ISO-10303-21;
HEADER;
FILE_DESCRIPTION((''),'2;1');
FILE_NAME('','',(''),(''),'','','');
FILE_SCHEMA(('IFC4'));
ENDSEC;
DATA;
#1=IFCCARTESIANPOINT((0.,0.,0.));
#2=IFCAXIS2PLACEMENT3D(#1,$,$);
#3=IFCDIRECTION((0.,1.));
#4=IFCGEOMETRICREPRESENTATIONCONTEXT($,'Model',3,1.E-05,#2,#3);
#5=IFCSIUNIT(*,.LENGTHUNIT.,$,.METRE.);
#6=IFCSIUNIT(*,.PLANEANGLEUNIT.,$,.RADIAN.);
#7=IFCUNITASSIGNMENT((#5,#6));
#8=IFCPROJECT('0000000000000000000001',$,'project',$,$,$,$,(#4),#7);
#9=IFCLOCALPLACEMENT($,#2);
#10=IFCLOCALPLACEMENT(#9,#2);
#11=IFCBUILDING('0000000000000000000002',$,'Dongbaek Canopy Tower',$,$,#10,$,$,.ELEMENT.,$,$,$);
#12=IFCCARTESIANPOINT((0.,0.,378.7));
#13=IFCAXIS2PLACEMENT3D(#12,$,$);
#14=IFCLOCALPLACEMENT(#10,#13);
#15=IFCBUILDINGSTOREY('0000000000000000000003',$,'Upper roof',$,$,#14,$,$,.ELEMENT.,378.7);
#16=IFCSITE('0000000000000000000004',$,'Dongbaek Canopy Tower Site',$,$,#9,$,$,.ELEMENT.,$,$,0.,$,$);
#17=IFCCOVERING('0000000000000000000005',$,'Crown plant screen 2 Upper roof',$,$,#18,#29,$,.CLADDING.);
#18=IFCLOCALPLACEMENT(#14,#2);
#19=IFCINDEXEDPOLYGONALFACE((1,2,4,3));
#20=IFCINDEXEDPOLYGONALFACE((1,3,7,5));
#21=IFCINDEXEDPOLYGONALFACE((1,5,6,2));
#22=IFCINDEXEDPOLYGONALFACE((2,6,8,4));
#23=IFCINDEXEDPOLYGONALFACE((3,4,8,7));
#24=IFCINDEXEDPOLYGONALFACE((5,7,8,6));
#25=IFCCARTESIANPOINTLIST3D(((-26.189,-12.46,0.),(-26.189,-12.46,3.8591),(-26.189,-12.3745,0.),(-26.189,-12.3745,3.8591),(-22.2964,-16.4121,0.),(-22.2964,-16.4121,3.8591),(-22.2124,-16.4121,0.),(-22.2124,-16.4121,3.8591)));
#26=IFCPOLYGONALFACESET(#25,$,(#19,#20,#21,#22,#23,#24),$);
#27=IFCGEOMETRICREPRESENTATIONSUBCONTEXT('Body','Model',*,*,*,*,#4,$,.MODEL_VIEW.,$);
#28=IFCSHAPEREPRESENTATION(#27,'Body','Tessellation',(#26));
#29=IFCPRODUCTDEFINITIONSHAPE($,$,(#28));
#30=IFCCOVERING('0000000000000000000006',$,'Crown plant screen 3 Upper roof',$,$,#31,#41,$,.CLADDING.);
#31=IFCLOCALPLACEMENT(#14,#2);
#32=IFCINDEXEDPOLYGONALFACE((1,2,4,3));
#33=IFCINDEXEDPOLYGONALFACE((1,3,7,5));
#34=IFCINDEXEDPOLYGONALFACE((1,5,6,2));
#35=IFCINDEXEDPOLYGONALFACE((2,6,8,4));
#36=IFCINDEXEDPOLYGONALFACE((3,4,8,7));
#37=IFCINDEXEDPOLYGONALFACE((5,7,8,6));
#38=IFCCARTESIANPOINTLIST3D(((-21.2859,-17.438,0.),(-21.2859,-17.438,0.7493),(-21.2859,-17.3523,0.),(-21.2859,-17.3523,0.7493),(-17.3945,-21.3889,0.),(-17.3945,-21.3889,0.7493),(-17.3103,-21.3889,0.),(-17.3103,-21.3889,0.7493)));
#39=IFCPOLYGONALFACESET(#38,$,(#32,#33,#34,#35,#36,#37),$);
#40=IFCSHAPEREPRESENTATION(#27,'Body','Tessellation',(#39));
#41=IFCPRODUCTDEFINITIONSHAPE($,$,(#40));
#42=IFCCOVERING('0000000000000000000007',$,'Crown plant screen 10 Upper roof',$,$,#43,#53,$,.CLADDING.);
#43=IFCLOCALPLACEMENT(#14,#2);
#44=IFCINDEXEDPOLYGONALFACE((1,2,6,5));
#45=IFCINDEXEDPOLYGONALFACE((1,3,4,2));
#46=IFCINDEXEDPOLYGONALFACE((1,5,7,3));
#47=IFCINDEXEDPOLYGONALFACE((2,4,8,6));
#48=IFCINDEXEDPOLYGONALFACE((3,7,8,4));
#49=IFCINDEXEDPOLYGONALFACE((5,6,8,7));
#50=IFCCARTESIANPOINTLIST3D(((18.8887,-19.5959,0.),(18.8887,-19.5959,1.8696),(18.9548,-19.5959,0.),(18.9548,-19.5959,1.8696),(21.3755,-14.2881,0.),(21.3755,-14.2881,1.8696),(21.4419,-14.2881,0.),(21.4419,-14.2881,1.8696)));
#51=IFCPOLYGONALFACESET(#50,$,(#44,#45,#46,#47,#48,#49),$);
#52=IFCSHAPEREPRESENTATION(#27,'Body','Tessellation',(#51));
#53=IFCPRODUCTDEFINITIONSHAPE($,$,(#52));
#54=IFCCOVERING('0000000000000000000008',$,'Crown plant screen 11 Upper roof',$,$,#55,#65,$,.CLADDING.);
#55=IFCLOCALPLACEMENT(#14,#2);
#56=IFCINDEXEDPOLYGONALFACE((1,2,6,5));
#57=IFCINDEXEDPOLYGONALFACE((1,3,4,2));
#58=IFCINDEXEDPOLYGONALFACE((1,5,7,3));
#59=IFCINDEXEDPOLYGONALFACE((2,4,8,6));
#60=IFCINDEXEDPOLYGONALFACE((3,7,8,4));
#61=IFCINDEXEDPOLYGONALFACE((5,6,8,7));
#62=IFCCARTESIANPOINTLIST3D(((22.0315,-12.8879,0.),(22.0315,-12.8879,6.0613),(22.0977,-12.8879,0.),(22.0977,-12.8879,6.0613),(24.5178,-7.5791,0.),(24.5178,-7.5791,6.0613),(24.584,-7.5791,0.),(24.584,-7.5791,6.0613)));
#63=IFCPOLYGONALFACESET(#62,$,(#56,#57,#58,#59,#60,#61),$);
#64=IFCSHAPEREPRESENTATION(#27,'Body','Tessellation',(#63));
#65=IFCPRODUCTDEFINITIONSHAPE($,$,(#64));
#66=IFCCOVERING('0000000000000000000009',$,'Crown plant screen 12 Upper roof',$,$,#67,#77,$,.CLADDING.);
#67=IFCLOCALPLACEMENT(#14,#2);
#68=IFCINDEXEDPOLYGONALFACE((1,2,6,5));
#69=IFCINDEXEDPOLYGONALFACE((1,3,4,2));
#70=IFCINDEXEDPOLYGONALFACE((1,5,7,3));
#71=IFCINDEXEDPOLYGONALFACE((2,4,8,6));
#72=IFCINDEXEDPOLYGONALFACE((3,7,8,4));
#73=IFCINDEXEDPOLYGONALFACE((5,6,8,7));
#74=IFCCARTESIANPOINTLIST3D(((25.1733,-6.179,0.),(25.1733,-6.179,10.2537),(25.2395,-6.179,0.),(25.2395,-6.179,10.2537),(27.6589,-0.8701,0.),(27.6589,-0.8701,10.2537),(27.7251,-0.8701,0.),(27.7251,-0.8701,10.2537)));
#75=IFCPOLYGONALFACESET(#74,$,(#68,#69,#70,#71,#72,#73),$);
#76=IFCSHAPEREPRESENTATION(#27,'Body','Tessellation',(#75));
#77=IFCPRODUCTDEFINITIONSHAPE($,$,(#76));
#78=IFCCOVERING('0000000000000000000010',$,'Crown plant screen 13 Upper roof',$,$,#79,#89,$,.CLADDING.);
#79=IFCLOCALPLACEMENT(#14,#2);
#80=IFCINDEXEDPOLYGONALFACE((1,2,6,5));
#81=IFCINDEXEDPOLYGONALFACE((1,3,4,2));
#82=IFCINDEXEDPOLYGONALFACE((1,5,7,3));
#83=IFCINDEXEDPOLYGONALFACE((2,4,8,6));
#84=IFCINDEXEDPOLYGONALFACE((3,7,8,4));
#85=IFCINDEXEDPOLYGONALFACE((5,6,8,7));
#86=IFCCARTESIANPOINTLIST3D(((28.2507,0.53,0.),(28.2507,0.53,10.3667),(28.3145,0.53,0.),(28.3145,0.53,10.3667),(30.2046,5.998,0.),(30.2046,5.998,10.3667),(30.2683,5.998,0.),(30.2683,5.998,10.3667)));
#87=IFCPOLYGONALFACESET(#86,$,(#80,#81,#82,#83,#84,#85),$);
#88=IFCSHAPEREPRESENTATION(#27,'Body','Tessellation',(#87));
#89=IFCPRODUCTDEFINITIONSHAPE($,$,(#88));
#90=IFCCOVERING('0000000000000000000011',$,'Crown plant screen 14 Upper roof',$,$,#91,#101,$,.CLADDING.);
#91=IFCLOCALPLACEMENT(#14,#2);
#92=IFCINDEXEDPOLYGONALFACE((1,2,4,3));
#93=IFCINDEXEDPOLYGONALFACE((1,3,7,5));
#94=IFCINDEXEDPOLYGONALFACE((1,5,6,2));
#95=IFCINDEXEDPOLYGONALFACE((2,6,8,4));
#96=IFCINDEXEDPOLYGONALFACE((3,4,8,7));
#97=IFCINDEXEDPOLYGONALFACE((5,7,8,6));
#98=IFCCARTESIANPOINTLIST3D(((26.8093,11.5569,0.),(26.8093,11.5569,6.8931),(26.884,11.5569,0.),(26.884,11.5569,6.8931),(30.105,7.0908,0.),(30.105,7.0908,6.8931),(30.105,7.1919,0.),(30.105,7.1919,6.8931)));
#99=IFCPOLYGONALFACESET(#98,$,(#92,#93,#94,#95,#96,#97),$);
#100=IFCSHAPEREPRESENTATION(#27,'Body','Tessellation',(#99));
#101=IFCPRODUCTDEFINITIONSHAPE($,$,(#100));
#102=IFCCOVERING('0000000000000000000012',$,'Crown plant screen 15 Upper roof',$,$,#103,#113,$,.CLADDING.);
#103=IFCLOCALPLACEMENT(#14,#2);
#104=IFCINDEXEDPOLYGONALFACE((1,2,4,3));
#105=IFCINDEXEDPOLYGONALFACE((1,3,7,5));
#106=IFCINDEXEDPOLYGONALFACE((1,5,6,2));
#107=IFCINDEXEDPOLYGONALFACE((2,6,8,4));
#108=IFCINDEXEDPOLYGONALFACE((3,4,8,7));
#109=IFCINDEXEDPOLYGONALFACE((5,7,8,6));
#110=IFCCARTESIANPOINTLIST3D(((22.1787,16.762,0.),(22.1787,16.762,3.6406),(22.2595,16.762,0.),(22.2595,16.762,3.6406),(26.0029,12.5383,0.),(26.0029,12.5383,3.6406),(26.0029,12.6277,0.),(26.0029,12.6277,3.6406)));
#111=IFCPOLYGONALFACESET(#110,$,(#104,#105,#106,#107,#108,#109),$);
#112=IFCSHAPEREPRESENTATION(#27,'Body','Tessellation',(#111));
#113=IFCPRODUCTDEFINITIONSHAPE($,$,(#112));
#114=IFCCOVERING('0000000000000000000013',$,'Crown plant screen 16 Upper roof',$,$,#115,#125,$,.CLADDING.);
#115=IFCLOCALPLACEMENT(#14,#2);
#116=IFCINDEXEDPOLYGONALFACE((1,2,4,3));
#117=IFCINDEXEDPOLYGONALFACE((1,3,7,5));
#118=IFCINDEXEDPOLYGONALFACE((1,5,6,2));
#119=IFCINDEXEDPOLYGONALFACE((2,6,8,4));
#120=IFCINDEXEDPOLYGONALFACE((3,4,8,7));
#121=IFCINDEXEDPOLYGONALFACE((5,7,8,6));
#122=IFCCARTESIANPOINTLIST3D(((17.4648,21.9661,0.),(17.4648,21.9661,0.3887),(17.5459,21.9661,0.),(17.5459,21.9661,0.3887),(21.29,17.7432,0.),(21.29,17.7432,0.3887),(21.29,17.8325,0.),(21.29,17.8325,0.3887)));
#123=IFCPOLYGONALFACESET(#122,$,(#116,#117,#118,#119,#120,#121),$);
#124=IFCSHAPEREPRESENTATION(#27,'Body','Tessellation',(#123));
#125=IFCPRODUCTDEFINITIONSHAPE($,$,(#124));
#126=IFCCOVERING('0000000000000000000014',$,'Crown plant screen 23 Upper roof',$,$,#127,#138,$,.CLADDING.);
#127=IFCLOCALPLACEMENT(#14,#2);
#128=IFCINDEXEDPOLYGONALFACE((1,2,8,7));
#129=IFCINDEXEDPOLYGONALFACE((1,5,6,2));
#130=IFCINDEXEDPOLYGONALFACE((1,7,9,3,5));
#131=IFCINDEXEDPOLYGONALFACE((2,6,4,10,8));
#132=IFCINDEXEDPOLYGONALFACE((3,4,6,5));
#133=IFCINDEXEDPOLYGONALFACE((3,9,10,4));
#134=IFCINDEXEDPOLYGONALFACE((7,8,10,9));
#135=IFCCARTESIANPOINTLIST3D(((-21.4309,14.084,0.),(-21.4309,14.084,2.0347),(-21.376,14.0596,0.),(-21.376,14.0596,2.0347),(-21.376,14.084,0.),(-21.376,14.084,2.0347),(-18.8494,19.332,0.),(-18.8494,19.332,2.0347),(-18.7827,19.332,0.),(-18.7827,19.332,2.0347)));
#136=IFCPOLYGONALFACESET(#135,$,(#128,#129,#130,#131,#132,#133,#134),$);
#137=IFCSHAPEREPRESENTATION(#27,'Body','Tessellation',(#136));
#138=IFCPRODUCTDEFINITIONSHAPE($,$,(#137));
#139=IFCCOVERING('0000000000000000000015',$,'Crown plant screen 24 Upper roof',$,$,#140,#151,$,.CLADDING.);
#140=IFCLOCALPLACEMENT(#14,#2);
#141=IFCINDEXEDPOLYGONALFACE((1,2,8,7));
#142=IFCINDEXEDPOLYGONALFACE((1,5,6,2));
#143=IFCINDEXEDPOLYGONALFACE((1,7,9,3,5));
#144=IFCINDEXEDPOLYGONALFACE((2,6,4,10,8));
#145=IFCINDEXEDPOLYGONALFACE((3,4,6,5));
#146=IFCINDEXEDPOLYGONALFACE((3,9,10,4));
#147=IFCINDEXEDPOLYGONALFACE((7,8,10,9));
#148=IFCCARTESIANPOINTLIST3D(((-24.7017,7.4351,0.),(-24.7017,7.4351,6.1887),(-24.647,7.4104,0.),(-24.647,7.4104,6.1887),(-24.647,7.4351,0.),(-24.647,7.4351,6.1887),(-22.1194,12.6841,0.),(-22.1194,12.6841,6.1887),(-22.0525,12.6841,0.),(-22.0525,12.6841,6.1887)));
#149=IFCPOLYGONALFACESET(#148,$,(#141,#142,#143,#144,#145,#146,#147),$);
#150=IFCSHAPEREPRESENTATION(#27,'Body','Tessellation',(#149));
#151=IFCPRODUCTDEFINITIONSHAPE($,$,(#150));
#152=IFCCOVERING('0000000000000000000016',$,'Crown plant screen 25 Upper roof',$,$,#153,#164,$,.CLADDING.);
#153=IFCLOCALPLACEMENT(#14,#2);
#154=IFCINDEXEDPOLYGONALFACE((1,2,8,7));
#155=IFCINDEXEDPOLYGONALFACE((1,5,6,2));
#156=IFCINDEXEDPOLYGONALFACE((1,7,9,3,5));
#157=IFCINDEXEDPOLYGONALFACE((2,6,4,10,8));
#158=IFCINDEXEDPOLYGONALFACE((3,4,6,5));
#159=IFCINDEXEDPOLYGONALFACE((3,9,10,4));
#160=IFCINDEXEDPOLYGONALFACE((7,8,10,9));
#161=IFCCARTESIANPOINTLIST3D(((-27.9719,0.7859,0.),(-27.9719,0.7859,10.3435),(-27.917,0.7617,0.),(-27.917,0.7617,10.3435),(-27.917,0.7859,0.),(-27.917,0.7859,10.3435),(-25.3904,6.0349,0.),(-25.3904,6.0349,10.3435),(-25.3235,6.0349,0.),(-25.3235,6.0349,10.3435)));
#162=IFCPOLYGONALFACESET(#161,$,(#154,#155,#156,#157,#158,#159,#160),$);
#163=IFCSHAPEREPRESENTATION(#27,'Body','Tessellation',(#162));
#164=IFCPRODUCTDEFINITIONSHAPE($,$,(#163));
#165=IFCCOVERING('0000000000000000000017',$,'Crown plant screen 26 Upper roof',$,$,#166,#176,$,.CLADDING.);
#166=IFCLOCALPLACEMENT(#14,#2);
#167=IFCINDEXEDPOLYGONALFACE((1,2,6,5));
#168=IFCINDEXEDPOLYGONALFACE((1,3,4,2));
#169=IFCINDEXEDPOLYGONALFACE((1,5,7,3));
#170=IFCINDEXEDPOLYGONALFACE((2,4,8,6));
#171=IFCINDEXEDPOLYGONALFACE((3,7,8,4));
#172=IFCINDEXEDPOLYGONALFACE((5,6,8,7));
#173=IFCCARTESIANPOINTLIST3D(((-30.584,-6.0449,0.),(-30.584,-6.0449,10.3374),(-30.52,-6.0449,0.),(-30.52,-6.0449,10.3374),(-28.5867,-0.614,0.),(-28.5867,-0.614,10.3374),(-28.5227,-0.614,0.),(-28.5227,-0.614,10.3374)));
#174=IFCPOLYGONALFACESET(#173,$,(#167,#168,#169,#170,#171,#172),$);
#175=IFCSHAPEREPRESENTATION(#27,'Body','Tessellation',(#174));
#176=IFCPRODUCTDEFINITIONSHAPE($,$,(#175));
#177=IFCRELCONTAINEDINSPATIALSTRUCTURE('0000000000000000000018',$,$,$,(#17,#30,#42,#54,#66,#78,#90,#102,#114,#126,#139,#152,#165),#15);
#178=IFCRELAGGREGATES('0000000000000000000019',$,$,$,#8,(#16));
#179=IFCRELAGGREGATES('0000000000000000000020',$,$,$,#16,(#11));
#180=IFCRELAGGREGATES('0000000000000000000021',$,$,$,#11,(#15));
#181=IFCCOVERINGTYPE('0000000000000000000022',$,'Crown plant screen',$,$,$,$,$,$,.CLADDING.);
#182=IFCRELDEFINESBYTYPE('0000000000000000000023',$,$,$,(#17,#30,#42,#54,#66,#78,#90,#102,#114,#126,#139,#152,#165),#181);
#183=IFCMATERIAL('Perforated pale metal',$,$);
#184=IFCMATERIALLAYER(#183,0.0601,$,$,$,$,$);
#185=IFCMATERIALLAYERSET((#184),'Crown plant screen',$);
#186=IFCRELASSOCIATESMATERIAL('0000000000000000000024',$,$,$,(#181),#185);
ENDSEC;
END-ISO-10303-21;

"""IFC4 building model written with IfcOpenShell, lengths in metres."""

from ifc_helpers import new_model, si_unit, direction, frame, origin, place, context, subcontext, project, spatial, polyline, outline, extrude, material, layer, layer_set, type_object, element, save


model = new_model("IFC4")

# Units and contexts
model_context = context("Model", 3, precision=1e-05, world=origin(), true_north=direction((0.0, 1.0)))
body_context = subcontext(model_context, "Body", "Model", "MODEL_VIEW")
ifc_project = project(units=[si_unit("LENGTHUNIT", "METRE"), si_unit("PLANEANGLEUNIT", "RADIAN")], contexts=[model_context])

# Site, building, storey
site_placement = place(None, origin())
site = spatial("IfcSite", under=ifc_project, at=site_placement, Name="Dongbaek Canopy Tower Site", CompositionType="ELEMENT", RefElevation=0.0)
building_placement = place(site_placement, origin())
building = spatial("IfcBuilding", under=site, at=building_placement, Name="Dongbaek Canopy Tower", CompositionType="ELEMENT")
storey_placement = place(building_placement, frame((0.0, 0.0, 378.7)))
storey = spatial("IfcBuildingStorey", under=building, at=storey_placement, Name="Upper roof", CompositionType="ELEMENT", Elevation=378.7)

# Coverings
ifc_material_1 = material(Name="Perforated pale metal")
ifc_layer_1 = layer(ifc_material_1, 0.0601)
ifc_layer_set_1 = layer_set([ifc_layer_1], Name="Crown plant screen")
covering_type = type_object("IfcCoveringType", Name="Crown plant screen", PredefinedType="CLADDING", material=ifc_layer_set_1)
covering_1_placement = place(storey_placement, origin())
element("IfcCovering", 1, at=covering_1_placement, inside=storey, type_object=covering_type, Name="Crown plant screen 2 Upper roof", PredefinedType="CLADDING", context=body_context, shape_type="SweptSolid", body=[
    extrude(outline(polyline([(-26.189, -12.46), (-26.189, -12.3745), (-22.2124, -16.4121), (-22.2964, -16.4121), (-26.189, -12.46)])), origin(), (0.0, 0.0, 1.0), 3.8591),
])
covering_2_placement = place(storey_placement, origin())
element("IfcCovering", 2, at=covering_2_placement, inside=storey, type_object=covering_type, Name="Crown plant screen 3 Upper roof", PredefinedType="CLADDING", context=body_context, shape_type="SweptSolid", body=[
    extrude(outline(polyline([(-21.2859, -17.438), (-21.2859, -17.3523), (-17.3103, -21.3889), (-17.3945, -21.3889), (-21.2859, -17.438)])), origin(), (0.0, 0.0, 1.0), 0.7493),
])
covering_3_placement = place(storey_placement, origin())
element("IfcCovering", 3, at=covering_3_placement, inside=storey, type_object=covering_type, Name="Crown plant screen 10 Upper roof", PredefinedType="CLADDING", context=body_context, shape_type="SweptSolid", body=[
    extrude(outline(polyline([(18.9548, -19.5959), (18.8887, -19.5959), (21.3755, -14.2881), (21.4419, -14.2881), (18.9548, -19.5959)])), origin(), (0.0, 0.0, 1.0), 1.8696),
])
covering_4_placement = place(storey_placement, origin())
element("IfcCovering", 4, at=covering_4_placement, inside=storey, type_object=covering_type, Name="Crown plant screen 11 Upper roof", PredefinedType="CLADDING", context=body_context, shape_type="SweptSolid", body=[
    extrude(outline(polyline([(22.0977, -12.8879), (22.0315, -12.8879), (24.5178, -7.5791), (24.584, -7.5791), (22.0977, -12.8879)])), origin(), (0.0, 0.0, 1.0), 6.0613),
])
covering_5_placement = place(storey_placement, origin())
element("IfcCovering", 5, at=covering_5_placement, inside=storey, type_object=covering_type, Name="Crown plant screen 12 Upper roof", PredefinedType="CLADDING", context=body_context, shape_type="SweptSolid", body=[
    extrude(outline(polyline([(25.2395, -6.179), (25.1733, -6.179), (27.6589, -0.8701), (27.7251, -0.8701), (25.2395, -6.179)])), origin(), (0.0, 0.0, 1.0), 10.2537),
])
covering_6_placement = place(storey_placement, origin())
element("IfcCovering", 6, at=covering_6_placement, inside=storey, type_object=covering_type, Name="Crown plant screen 13 Upper roof", PredefinedType="CLADDING", context=body_context, shape_type="SweptSolid", body=[
    extrude(outline(polyline([(28.3145, 0.53), (28.2507, 0.53), (30.2046, 5.998), (30.2683, 5.998), (28.3145, 0.53)])), origin(), (0.0, 0.0, 1.0), 10.3667),
])
covering_7_placement = place(storey_placement, origin())
element("IfcCovering", 7, at=covering_7_placement, inside=storey, type_object=covering_type, Name="Crown plant screen 14 Upper roof", PredefinedType="CLADDING", context=body_context, shape_type="SweptSolid", body=[
    extrude(outline(polyline([(30.105, 7.1919), (30.105, 7.0908), (26.8093, 11.5569), (26.884, 11.5569), (30.105, 7.1919)])), origin(), (0.0, 0.0, 1.0), 6.8931),
])
covering_8_placement = place(storey_placement, origin())
element("IfcCovering", 8, at=covering_8_placement, inside=storey, type_object=covering_type, Name="Crown plant screen 15 Upper roof", PredefinedType="CLADDING", context=body_context, shape_type="SweptSolid", body=[
    extrude(outline(polyline([(26.0029, 12.6277), (26.0029, 12.5383), (22.1787, 16.762), (22.2595, 16.762), (26.0029, 12.6277)])), origin(), (0.0, 0.0, 1.0), 3.6406),
])
covering_9_placement = place(storey_placement, origin())
element("IfcCovering", 9, at=covering_9_placement, inside=storey, type_object=covering_type, Name="Crown plant screen 16 Upper roof", PredefinedType="CLADDING", context=body_context, shape_type="SweptSolid", body=[
    extrude(outline(polyline([(21.29, 17.8325), (21.29, 17.7432), (17.4648, 21.9661), (17.5459, 21.9661), (21.29, 17.8325)])), origin(), (0.0, 0.0, 1.0), 0.3887),
])
covering_10_placement = place(storey_placement, origin())
element("IfcCovering", 10, at=covering_10_placement, inside=storey, type_object=covering_type, Name="Crown plant screen 23 Upper roof", PredefinedType="CLADDING", context=body_context, shape_type="SweptSolid", body=[
    extrude(outline(polyline([(-18.8494, 19.332), (-18.7827, 19.332), (-21.376, 14.0596), (-21.376, 14.084), (-21.4309, 14.084), (-18.8494, 19.332)])), origin(), (0.0, 0.0, 1.0), 2.0347),
])
covering_11_placement = place(storey_placement, origin())
element("IfcCovering", 11, at=covering_11_placement, inside=storey, type_object=covering_type, Name="Crown plant screen 24 Upper roof", PredefinedType="CLADDING", context=body_context, shape_type="SweptSolid", body=[
    extrude(outline(polyline([(-22.1194, 12.6841), (-22.0525, 12.6841), (-24.647, 7.4104), (-24.647, 7.4351), (-24.7017, 7.4351), (-22.1194, 12.6841)])), origin(), (0.0, 0.0, 1.0), 6.1887),
])
covering_12_placement = place(storey_placement, origin())
element("IfcCovering", 12, at=covering_12_placement, inside=storey, type_object=covering_type, Name="Crown plant screen 25 Upper roof", PredefinedType="CLADDING", context=body_context, shape_type="SweptSolid", body=[
    extrude(outline(polyline([(-25.3904, 6.0349), (-25.3235, 6.0349), (-27.917, 0.7617), (-27.917, 0.7859), (-27.9719, 0.7859), (-25.3904, 6.0349)])), origin(), (0.0, 0.0, 1.0), 10.3435),
])
covering_13_placement = place(storey_placement, origin())
element("IfcCovering", 13, at=covering_13_placement, inside=storey, type_object=covering_type, Name="Crown plant screen 26 Upper roof", PredefinedType="CLADDING", context=body_context, shape_type="SweptSolid", body=[
    extrude(outline(polyline([(-28.5867, -0.614), (-28.5227, -0.614), (-30.52, -6.0449), (-30.584, -6.0449), (-28.5867, -0.614)])), origin(), (0.0, 0.0, 1.0), 10.3374),
])

save(model, "model.ifc")
